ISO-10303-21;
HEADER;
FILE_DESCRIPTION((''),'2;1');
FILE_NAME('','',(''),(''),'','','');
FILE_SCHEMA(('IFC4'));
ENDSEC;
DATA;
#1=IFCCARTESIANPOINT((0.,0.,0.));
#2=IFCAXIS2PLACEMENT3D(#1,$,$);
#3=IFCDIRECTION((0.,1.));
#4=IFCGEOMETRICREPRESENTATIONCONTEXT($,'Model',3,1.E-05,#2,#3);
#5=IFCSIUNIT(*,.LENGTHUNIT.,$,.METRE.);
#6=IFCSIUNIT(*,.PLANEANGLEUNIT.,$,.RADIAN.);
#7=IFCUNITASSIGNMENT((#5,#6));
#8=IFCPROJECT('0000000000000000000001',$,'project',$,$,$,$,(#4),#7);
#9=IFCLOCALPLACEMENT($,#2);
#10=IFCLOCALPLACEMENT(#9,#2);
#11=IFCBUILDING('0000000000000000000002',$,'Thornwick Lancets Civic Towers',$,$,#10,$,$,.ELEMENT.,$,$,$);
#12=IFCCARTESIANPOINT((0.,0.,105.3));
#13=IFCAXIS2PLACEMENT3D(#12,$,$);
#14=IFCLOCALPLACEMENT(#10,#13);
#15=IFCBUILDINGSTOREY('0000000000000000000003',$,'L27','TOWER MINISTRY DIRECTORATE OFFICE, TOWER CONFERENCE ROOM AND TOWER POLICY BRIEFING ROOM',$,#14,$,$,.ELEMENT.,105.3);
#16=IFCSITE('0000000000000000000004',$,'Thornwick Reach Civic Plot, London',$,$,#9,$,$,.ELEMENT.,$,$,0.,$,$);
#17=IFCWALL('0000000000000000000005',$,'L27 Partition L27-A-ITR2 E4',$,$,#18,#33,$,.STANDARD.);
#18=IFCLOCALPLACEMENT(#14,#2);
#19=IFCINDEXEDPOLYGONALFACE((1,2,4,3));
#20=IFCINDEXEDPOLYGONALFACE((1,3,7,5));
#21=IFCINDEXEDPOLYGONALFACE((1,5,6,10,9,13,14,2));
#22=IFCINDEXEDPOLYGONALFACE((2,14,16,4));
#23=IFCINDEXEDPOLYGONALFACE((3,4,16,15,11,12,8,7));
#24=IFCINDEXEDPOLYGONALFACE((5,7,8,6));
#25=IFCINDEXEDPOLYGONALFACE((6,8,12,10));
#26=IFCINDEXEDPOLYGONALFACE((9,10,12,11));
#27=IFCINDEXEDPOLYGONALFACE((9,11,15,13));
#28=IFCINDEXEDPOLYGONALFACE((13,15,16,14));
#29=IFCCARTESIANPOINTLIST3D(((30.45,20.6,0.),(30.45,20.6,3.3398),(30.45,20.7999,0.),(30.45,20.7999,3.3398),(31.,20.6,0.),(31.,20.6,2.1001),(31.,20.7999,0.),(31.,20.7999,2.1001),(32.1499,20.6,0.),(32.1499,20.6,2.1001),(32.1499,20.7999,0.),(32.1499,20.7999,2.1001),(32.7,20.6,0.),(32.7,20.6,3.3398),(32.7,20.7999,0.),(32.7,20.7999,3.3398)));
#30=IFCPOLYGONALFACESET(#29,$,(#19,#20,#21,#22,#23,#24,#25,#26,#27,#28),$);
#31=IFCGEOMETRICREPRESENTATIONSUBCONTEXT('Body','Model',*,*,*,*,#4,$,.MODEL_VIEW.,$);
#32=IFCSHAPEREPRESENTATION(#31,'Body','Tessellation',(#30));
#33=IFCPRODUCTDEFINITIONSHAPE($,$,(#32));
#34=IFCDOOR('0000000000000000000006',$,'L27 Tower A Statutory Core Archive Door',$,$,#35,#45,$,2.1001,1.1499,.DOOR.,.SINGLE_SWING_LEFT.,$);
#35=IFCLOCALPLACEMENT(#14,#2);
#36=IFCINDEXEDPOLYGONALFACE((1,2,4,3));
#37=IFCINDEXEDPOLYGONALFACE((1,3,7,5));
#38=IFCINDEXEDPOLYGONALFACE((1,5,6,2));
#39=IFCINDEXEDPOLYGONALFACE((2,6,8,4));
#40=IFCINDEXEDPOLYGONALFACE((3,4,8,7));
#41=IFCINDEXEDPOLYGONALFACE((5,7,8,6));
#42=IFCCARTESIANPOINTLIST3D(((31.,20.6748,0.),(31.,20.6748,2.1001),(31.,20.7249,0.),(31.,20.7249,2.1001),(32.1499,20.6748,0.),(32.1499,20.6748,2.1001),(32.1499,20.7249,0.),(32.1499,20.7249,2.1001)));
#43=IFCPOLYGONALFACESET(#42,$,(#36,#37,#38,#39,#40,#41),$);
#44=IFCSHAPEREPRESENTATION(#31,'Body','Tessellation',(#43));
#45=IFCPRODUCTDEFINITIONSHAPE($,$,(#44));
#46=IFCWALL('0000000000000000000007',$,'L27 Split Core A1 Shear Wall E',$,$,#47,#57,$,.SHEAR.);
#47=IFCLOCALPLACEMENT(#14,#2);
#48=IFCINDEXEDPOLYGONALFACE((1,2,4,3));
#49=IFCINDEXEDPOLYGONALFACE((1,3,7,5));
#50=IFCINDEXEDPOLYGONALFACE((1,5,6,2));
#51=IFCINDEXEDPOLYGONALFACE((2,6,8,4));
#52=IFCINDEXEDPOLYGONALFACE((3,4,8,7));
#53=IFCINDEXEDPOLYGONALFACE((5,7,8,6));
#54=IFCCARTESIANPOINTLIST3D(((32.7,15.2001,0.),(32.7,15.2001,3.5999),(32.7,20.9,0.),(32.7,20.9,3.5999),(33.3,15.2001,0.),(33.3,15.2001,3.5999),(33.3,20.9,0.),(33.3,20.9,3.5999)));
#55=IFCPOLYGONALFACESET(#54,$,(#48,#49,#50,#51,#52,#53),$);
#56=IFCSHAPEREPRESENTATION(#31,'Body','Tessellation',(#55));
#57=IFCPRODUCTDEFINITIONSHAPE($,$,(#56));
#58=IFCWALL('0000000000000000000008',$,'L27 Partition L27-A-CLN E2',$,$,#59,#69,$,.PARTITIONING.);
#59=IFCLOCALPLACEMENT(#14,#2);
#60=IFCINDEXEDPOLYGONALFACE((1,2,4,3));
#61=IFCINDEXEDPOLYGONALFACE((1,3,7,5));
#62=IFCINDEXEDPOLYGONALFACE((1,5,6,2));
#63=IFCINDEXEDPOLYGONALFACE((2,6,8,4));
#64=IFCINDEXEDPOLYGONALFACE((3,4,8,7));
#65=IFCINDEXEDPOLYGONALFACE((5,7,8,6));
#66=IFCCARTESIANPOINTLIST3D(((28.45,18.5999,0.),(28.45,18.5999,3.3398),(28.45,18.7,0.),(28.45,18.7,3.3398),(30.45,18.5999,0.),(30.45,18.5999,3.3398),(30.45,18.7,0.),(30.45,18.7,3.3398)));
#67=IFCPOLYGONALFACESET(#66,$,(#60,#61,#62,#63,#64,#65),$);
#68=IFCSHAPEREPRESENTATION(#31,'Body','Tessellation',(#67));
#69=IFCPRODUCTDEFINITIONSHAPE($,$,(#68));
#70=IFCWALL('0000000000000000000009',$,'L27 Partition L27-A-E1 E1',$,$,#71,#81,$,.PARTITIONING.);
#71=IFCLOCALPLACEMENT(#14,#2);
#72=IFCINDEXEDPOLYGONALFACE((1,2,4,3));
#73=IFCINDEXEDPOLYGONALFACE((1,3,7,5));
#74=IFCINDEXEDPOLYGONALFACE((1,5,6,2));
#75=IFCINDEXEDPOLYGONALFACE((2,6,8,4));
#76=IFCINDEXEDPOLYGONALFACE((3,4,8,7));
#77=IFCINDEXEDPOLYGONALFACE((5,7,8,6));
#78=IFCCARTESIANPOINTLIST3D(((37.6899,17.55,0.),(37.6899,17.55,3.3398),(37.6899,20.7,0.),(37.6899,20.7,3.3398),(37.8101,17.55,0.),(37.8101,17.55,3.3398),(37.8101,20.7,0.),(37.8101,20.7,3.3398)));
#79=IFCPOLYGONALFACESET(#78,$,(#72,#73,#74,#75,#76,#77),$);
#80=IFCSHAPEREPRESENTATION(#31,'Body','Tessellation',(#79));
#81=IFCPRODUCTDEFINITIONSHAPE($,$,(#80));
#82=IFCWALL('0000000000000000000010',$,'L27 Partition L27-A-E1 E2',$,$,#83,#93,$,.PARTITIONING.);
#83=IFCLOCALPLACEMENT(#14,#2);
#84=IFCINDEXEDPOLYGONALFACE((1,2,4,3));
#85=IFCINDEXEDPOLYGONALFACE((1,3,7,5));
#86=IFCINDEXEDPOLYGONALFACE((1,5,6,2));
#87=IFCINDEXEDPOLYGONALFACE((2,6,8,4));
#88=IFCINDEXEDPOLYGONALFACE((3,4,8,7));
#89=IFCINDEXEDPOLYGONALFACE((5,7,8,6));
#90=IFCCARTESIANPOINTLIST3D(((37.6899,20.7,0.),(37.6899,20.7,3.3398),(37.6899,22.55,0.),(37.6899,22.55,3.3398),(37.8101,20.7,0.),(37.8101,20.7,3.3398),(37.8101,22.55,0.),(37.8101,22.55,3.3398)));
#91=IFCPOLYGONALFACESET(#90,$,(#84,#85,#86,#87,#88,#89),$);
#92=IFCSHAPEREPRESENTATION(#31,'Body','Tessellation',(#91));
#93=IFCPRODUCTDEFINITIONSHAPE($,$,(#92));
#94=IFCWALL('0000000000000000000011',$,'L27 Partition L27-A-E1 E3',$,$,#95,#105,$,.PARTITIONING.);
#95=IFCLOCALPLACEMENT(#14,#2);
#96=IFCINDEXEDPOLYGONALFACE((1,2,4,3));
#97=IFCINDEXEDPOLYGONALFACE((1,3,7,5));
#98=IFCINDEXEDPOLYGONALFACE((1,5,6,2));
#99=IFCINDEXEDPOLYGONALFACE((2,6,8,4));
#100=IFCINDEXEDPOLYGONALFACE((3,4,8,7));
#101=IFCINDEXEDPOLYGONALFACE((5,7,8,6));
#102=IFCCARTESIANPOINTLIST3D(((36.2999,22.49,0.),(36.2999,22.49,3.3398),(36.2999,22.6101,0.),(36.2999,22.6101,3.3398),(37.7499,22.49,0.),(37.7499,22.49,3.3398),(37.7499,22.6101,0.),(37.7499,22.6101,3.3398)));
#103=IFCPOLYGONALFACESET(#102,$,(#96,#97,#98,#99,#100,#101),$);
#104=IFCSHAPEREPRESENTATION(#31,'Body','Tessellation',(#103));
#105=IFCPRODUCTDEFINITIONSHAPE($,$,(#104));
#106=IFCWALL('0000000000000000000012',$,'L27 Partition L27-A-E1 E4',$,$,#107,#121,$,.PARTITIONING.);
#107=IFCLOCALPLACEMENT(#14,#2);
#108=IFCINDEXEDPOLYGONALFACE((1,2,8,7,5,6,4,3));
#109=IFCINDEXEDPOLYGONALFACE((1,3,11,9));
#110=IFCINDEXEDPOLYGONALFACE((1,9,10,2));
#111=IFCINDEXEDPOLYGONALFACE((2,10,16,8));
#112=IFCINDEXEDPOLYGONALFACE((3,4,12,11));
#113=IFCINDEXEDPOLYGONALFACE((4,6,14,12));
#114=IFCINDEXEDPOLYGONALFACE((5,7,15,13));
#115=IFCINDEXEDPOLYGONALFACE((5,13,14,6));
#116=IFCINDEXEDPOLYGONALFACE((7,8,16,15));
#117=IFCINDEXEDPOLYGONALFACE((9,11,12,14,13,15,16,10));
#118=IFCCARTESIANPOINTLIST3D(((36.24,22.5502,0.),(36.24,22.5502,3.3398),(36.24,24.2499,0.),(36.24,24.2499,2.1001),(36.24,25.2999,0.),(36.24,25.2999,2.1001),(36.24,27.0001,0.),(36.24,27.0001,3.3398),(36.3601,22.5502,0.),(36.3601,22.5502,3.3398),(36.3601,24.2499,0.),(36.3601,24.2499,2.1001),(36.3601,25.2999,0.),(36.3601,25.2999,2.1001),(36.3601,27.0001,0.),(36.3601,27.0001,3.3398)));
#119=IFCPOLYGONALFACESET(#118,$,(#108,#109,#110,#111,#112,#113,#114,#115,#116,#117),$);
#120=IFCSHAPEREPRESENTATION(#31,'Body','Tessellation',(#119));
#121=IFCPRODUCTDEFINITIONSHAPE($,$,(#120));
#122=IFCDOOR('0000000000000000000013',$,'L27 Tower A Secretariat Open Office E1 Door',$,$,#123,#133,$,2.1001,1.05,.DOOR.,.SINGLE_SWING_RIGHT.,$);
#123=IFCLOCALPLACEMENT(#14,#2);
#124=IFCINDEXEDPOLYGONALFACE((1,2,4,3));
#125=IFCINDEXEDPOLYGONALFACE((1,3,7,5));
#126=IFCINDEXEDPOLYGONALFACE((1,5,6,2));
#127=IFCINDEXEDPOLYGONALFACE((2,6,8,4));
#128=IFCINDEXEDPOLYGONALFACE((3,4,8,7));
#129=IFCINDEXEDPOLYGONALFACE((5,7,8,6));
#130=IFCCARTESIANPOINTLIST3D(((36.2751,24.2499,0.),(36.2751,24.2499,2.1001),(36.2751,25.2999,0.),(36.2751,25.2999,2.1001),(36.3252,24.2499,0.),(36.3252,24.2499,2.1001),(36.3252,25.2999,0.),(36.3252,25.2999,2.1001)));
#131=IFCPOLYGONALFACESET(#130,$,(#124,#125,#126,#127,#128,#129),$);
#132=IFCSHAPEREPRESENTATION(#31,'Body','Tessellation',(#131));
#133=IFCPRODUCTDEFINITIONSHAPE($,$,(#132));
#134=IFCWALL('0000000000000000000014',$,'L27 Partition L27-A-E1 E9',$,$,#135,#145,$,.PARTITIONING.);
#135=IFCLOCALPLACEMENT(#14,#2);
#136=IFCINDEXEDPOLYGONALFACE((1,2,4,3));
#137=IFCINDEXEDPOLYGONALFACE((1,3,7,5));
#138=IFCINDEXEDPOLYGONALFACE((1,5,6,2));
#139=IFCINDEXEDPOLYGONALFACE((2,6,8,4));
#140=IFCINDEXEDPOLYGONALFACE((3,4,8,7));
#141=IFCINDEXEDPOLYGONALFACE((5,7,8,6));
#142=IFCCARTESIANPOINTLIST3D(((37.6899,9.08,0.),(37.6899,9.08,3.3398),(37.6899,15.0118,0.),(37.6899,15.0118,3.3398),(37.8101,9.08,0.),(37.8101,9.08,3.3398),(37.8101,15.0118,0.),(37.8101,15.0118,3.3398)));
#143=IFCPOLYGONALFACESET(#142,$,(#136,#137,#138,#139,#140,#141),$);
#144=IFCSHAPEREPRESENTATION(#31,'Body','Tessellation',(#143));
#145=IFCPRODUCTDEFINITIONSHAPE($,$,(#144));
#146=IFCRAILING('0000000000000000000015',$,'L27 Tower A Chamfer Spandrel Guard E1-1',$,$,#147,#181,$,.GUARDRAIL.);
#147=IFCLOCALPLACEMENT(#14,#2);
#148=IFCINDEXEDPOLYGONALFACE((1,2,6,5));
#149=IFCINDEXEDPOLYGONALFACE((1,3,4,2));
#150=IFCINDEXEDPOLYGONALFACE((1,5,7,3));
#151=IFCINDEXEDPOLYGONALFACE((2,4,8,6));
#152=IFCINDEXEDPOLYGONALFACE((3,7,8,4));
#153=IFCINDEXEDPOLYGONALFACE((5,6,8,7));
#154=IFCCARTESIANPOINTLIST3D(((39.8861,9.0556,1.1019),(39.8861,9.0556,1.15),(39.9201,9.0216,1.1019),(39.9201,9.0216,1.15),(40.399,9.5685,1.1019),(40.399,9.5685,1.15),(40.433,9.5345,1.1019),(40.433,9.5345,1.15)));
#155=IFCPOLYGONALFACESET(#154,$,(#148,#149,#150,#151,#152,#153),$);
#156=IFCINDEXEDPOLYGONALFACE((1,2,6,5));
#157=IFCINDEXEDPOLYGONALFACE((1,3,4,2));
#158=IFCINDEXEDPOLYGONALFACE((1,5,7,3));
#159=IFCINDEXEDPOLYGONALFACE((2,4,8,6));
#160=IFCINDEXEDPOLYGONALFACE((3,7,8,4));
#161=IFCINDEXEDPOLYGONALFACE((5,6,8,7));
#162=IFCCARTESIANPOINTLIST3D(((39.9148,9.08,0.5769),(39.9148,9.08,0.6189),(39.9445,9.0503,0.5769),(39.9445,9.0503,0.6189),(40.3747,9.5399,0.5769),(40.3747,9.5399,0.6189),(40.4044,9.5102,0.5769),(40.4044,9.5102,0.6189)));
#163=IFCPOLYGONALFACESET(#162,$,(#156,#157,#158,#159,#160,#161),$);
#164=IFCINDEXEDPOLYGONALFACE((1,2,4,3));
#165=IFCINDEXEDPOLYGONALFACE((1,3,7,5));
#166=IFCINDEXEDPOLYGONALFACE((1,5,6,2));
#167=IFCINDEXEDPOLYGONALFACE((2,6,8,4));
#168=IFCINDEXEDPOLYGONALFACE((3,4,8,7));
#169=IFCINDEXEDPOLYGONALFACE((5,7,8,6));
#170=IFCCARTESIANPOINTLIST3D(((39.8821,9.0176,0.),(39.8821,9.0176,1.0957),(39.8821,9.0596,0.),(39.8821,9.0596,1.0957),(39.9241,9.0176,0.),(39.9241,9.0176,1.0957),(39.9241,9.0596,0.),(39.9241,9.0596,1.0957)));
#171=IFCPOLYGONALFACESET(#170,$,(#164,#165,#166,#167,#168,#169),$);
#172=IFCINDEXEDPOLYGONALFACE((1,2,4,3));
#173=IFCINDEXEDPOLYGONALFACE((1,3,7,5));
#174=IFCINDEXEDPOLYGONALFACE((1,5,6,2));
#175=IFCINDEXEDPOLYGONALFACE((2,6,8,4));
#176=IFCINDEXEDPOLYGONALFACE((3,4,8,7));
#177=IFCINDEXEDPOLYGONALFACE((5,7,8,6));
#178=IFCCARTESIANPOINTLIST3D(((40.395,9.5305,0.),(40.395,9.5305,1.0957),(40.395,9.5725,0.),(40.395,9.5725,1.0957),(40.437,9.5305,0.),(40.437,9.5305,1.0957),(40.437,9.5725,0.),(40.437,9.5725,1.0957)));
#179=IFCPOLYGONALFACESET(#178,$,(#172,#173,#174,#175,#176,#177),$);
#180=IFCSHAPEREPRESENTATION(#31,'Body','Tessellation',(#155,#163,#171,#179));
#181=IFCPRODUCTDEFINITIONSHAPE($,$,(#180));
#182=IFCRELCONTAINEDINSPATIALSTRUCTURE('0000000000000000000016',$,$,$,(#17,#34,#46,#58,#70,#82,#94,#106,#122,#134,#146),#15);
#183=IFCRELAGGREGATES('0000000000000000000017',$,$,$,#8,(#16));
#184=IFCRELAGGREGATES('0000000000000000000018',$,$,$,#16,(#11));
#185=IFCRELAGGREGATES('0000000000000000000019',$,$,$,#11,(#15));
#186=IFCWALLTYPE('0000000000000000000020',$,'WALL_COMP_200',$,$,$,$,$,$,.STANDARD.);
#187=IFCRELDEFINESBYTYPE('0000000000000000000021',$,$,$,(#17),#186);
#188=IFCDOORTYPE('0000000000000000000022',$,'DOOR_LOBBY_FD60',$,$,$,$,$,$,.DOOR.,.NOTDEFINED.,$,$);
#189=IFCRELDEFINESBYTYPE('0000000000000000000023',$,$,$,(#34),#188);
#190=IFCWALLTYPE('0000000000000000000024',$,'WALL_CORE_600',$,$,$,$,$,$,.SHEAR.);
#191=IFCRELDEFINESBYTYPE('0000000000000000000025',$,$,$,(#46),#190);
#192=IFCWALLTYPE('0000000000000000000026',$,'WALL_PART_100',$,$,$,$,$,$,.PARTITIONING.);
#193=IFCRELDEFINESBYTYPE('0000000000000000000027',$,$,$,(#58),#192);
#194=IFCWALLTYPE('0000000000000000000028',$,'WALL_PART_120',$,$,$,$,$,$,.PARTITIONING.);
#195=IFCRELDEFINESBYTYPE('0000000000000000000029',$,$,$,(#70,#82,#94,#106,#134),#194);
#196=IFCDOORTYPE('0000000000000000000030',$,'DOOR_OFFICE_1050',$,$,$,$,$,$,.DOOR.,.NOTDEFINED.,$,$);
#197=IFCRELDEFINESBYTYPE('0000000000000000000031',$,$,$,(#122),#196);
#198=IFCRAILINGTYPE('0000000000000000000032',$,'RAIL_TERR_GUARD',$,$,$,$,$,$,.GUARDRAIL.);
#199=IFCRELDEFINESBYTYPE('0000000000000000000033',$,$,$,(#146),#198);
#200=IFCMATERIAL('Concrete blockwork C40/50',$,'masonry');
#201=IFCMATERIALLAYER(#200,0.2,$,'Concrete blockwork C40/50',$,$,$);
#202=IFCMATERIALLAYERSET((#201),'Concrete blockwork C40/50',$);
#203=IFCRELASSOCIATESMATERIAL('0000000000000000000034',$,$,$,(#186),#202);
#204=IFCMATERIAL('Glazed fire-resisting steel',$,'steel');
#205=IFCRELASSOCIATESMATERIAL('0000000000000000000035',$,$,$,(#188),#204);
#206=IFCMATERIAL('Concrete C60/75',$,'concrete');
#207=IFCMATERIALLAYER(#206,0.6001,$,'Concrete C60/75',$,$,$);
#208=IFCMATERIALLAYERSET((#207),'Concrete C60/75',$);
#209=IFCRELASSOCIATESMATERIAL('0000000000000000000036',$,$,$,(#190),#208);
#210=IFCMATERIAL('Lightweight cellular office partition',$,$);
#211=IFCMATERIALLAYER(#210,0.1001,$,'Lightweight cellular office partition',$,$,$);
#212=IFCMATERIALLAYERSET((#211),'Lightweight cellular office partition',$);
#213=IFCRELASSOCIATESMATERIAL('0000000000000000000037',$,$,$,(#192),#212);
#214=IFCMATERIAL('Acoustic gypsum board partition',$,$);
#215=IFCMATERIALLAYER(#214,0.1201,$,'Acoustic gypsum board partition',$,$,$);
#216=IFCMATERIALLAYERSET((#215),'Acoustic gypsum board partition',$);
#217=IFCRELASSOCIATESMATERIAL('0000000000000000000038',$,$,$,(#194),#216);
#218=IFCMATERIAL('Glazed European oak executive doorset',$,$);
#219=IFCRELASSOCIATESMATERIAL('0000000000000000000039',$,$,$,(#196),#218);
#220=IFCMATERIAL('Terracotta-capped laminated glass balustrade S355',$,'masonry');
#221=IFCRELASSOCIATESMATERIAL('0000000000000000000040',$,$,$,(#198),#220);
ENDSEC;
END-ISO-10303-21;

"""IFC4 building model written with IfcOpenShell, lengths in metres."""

from ifc_helpers import new_model, si_unit, direction, frame, frame_2d, origin, origin_2d, place, context, subcontext, project, spatial, rectangle, extrude, material, layer, layer_set, type_object, element, fill, save


model = new_model("IFC4")

# Units and contexts
model_context = context("Model", 3, precision=1e-05, world=origin(), true_north=direction((0.0, 1.0)))
body_context = subcontext(model_context, "Body", "Model", "MODEL_VIEW")
ifc_project = project(units=[si_unit("LENGTHUNIT", "METRE"), si_unit("PLANEANGLEUNIT", "RADIAN")], contexts=[model_context])

# Site, building, storey
site_placement = place(None, origin())
site = spatial("IfcSite", under=ifc_project, at=site_placement, Name="Thornwick Reach Civic Plot, London", CompositionType="ELEMENT", RefElevation=0.0)
building_placement = place(site_placement, origin())
building = spatial("IfcBuilding", under=site, at=building_placement, Name="Thornwick Lancets Civic Towers", CompositionType="ELEMENT")
storey_placement = place(building_placement, frame((0.0, 0.0, 105.3)))
storey = spatial("IfcBuildingStorey", under=building, at=storey_placement, Name="L27", Description="TOWER MINISTRY DIRECTORATE OFFICE, TOWER CONFERENCE ROOM AND TOWER POLICY BRIEFING ROOM", CompositionType="ELEMENT", Elevation=105.3)

# Shared definitions
ifc_material_1 = material(Name="Concrete C60/75", Category="concrete")

# Shared definitions
ifc_material_2 = material(Name="Concrete blockwork C40/50", Category="masonry")
ifc_layer_1 = layer(ifc_material_2, 0.2, Name="Concrete blockwork C40/50")
ifc_layer_set_1 = layer_set([ifc_layer_1], Name="Concrete blockwork C40/50")
wall_type_1 = type_object("IfcWallType", Name="WALL_COMP_200", PredefinedType="STANDARD", material=ifc_layer_set_1)

# Wall, opening, door
wall_1_placement = place(storey_placement, frame((30.45, 20.7, 0.0), z_axis=(0.0, 0.0, 1.0), x_axis=(1.0, 0.0, 0.0)))
wall_1 = element("IfcWall", 1, at=wall_1_placement, inside=storey, type_object=wall_type_1, Name="L27 Partition L27-A-ITR2 E4", PredefinedType="STANDARD", context=body_context, shape_type="SweptSolid", body=[
    extrude(rectangle(XDim=2.25, YDim=0.2, at=frame_2d((1.125, 0.0))), origin(), (0.0, 0.0, 1.0), 3.3398),
])
opening_1_placement = place(wall_1_placement, frame((0.55, 0.0, 0.0)))
opening_1 = element("IfcOpeningElement", 2, at=opening_1_placement, cuts=wall_1, PredefinedType="OPENING", context=body_context, shape_type="SweptSolid", body=[
    extrude(rectangle(XDim=1.1499, YDim=2.1001, at=frame_2d((0.575, 1.05))), frame((0.0, 0.1099, 0.0), z_axis=(0.0, -1.0, 0.0), x_axis=(1.0, 0.0, 0.0)), (0.0, 0.0, 1.0), 0.22),
])
ifc_material_3 = material(Name="Glazed fire-resisting steel", Category="steel")
door_type_1 = type_object("IfcDoorType", Name="DOOR_LOBBY_FD60", OperationType="NOTDEFINED", PredefinedType="DOOR", material=ifc_material_3)
door_1_placement = place(opening_1_placement, origin())
door_1 = element("IfcDoor", 3, at=door_1_placement, inside=storey, type_object=door_type_1, Name="L27 Tower A Statutory Core Archive Door", OperationType="SINGLE_SWING_LEFT", OverallHeight=2.1001, OverallWidth=1.1499, PredefinedType="DOOR", context=body_context, shape_type="SweptSolid", body=[
    extrude(rectangle(XDim=1.1499, YDim=2.1001, at=frame_2d((0.575, 1.05))), frame((0.0, 0.0249, 0.0), z_axis=(0.0, -1.0, 0.0), x_axis=(1.0, 0.0, 0.0)), (0.0, 0.0, 1.0), 0.05),
])
fill(opening_1, door_1)

# Walls
ifc_layer_2 = layer(ifc_material_1, 0.6001, Name="Concrete C60/75")
ifc_layer_set_2 = layer_set([ifc_layer_2], Name="Concrete C60/75")
wall_type_2 = type_object("IfcWallType", Name="WALL_CORE_600", PredefinedType="SHEAR", material=ifc_layer_set_2)
wall_2_placement = place(storey_placement, frame((33.0, 15.2, 0.0), z_axis=(0.0, 0.0, 1.0), x_axis=(0.0, 1.0, 0.0)))
element("IfcWall", 4, at=wall_2_placement, inside=storey, type_object=wall_type_2, Name="L27 Split Core A1 Shear Wall E", PredefinedType="SHEAR", context=body_context, shape_type="SweptSolid", body=[
    extrude(rectangle(XDim=5.7, YDim=0.6001, at=frame_2d((2.8501, 0.0))), origin(), (0.0, 0.0, 1.0), 3.5999),
])
ifc_material_4 = material(Name="Lightweight cellular office partition")
ifc_layer_3 = layer(ifc_material_4, 0.1001, Name="Lightweight cellular office partition")
ifc_layer_set_3 = layer_set([ifc_layer_3], Name="Lightweight cellular office partition")
wall_type_3 = type_object("IfcWallType", Name="WALL_PART_100", PredefinedType="PARTITIONING", material=ifc_layer_set_3)
wall_3_placement = place(storey_placement, frame((30.45, 18.6499, 0.0), z_axis=(0.0, 0.0, 1.0), x_axis=(-1.0, 0.0, 0.0)))
element("IfcWall", 5, at=wall_3_placement, inside=storey, type_object=wall_type_3, Name="L27 Partition L27-A-CLN E2", PredefinedType="PARTITIONING", context=body_context, shape_type="SweptSolid", body=[
    extrude(rectangle(XDim=2.0, YDim=0.1001, at=frame_2d((1.0, 0.0))), origin(), (0.0, 0.0, 1.0), 3.3398),
])
ifc_material_5 = material(Name="Acoustic gypsum board partition")
ifc_layer_4 = layer(ifc_material_5, 0.1201, Name="Acoustic gypsum board partition")
ifc_layer_set_4 = layer_set([ifc_layer_4], Name="Acoustic gypsum board partition")
wall_type_4 = type_object("IfcWallType", Name="WALL_PART_120", PredefinedType="PARTITIONING", material=ifc_layer_set_4)
wall_4_placement = place(storey_placement, frame((37.75, 17.55, 0.0), z_axis=(0.0, 0.0, 1.0), x_axis=(0.0, 1.0, 0.0)))
element("IfcWall", 6, at=wall_4_placement, inside=storey, type_object=wall_type_4, Name="L27 Partition L27-A-E1 E1", PredefinedType="PARTITIONING", context=body_context, shape_type="SweptSolid", body=[
    extrude(rectangle(XDim=3.1499, YDim=0.1201, at=frame_2d((1.575, 0.0))), origin(), (0.0, 0.0, 1.0), 3.3398),
])
wall_5_placement = place(storey_placement, frame((37.75, 20.7, 0.0), z_axis=(0.0, 0.0, 1.0), x_axis=(0.0, 1.0, 0.0)))
element("IfcWall", 7, at=wall_5_placement, inside=storey, type_object=wall_type_4, Name="L27 Partition L27-A-E1 E2", PredefinedType="PARTITIONING", context=body_context, shape_type="SweptSolid", body=[
    extrude(rectangle(XDim=1.8501, YDim=0.1201, at=frame_2d((0.925, 0.0))), origin(), (0.0, 0.0, 1.0), 3.3398),
])
wall_6_placement = place(storey_placement, frame((37.75, 22.55, 0.0), z_axis=(0.0, 0.0, 1.0), x_axis=(-1.0, 0.0, 0.0)))
element("IfcWall", 8, at=wall_6_placement, inside=storey, type_object=wall_type_4, Name="L27 Partition L27-A-E1 E3", PredefinedType="PARTITIONING", context=body_context, shape_type="SweptSolid", body=[
    extrude(rectangle(XDim=1.45, YDim=0.1201, at=frame_2d((0.7251, 0.0))), origin(), (0.0, 0.0, 1.0), 3.3398),
])

# Wall, opening, door
wall_7_placement = place(storey_placement, frame((36.3, 22.55, 0.0), z_axis=(0.0, 0.0, 1.0), x_axis=(0.0, 1.0, 0.0)))
wall_7 = element("IfcWall", 9, at=wall_7_placement, inside=storey, type_object=wall_type_4, Name="L27 Partition L27-A-E1 E4", PredefinedType="PARTITIONING", context=body_context, shape_type="SweptSolid", body=[
    extrude(rectangle(XDim=4.45, YDim=0.1201, at=frame_2d((2.2251, 0.0))), origin(), (0.0, 0.0, 1.0), 3.3398),
])
opening_2_placement = place(wall_7_placement, frame((1.7, 0.0, 0.0)))
opening_2 = element("IfcOpeningElement", 10, at=opening_2_placement, cuts=wall_7, PredefinedType="OPENING", context=body_context, shape_type="SweptSolid", body=[
    extrude(rectangle(XDim=1.05, YDim=2.1001, at=frame_2d((0.5249, 1.05))), frame((0.0, 0.0701, 0.0), z_axis=(0.0, -1.0, 0.0), x_axis=(1.0, 0.0, 0.0)), (0.0, 0.0, 1.0), 0.1401),
])
ifc_material_6 = material(Name="Glazed European oak executive doorset")
door_type_2 = type_object("IfcDoorType", Name="DOOR_OFFICE_1050", OperationType="NOTDEFINED", PredefinedType="DOOR", material=ifc_material_6)
door_2_placement = place(opening_2_placement, origin())
door_2 = element("IfcDoor", 11, at=door_2_placement, inside=storey, type_object=door_type_2, Name="L27 Tower A Secretariat Open Office E1 Door", OperationType="SINGLE_SWING_RIGHT", OverallHeight=2.1001, OverallWidth=1.05, PredefinedType="DOOR", context=body_context, shape_type="SweptSolid", body=[
    extrude(rectangle(XDim=1.05, YDim=2.1001, at=frame_2d((0.5249, 1.05))), frame((0.0, 0.0249, 0.0), z_axis=(0.0, -1.0, 0.0), x_axis=(1.0, 0.0, 0.0)), (0.0, 0.0, 1.0), 0.05),
])
fill(opening_2, door_2)

# Wall
wall_8_placement = place(storey_placement, frame((37.75, 9.0801, 0.0), z_axis=(0.0, 0.0, 1.0), x_axis=(0.0, 1.0, 0.0)))
element("IfcWall", 12, at=wall_8_placement, inside=storey, type_object=wall_type_4, Name="L27 Partition L27-A-E1 E9", PredefinedType="PARTITIONING", context=body_context, shape_type="SweptSolid", body=[
    extrude(rectangle(XDim=5.9319, YDim=0.1201, at=frame_2d((2.9658, 0.0))), origin(), (0.0, 0.0, 1.0), 3.3398),
])

# Railing
ifc_material_7 = material(Name="Terracotta-capped laminated glass balustrade S355", Category="masonry")
railing_type = type_object("IfcRailingType", Name="RAIL_TERR_GUARD", PredefinedType="GUARDRAIL", material=ifc_material_7)
railing_placement = place(storey_placement, frame((39.9031, 9.0386, 0.0)))
element("IfcRailing", 13, at=railing_placement, inside=storey, type_object=railing_type, Name="L27 Tower A Chamfer Spandrel Guard E1-1", PredefinedType="GUARDRAIL", context=body_context, shape_type="SweptSolid", body=[
    extrude(rectangle(XDim=0.0481, YDim=0.0481, at=origin_2d()), frame((0.0, 0.0, 1.126), z_axis=(0.707107, 0.707107, 0.0), x_axis=(-0.707107, 0.707107, 0.0)), (0.0, 0.0, 1.0), 0.7253),
    extrude(rectangle(XDim=0.042, YDim=0.042, at=origin_2d()), frame((0.0266, 0.0266, 0.5979), z_axis=(0.707107, 0.707107, 0.0), x_axis=(-0.707107, 0.707107, 0.0)), (0.0, 0.0, 1.0), 0.6504),
    extrude(rectangle(XDim=0.042, YDim=0.042, at=origin_2d()), origin(), (0.0, 0.0, 1.0), 1.0957),
    extrude(rectangle(XDim=0.042, YDim=0.042, at=origin_2d()), frame((0.5129, 0.5129, 0.0)), (0.0, 0.0, 1.0), 1.0957),
])

save(model, "model.ifc")
